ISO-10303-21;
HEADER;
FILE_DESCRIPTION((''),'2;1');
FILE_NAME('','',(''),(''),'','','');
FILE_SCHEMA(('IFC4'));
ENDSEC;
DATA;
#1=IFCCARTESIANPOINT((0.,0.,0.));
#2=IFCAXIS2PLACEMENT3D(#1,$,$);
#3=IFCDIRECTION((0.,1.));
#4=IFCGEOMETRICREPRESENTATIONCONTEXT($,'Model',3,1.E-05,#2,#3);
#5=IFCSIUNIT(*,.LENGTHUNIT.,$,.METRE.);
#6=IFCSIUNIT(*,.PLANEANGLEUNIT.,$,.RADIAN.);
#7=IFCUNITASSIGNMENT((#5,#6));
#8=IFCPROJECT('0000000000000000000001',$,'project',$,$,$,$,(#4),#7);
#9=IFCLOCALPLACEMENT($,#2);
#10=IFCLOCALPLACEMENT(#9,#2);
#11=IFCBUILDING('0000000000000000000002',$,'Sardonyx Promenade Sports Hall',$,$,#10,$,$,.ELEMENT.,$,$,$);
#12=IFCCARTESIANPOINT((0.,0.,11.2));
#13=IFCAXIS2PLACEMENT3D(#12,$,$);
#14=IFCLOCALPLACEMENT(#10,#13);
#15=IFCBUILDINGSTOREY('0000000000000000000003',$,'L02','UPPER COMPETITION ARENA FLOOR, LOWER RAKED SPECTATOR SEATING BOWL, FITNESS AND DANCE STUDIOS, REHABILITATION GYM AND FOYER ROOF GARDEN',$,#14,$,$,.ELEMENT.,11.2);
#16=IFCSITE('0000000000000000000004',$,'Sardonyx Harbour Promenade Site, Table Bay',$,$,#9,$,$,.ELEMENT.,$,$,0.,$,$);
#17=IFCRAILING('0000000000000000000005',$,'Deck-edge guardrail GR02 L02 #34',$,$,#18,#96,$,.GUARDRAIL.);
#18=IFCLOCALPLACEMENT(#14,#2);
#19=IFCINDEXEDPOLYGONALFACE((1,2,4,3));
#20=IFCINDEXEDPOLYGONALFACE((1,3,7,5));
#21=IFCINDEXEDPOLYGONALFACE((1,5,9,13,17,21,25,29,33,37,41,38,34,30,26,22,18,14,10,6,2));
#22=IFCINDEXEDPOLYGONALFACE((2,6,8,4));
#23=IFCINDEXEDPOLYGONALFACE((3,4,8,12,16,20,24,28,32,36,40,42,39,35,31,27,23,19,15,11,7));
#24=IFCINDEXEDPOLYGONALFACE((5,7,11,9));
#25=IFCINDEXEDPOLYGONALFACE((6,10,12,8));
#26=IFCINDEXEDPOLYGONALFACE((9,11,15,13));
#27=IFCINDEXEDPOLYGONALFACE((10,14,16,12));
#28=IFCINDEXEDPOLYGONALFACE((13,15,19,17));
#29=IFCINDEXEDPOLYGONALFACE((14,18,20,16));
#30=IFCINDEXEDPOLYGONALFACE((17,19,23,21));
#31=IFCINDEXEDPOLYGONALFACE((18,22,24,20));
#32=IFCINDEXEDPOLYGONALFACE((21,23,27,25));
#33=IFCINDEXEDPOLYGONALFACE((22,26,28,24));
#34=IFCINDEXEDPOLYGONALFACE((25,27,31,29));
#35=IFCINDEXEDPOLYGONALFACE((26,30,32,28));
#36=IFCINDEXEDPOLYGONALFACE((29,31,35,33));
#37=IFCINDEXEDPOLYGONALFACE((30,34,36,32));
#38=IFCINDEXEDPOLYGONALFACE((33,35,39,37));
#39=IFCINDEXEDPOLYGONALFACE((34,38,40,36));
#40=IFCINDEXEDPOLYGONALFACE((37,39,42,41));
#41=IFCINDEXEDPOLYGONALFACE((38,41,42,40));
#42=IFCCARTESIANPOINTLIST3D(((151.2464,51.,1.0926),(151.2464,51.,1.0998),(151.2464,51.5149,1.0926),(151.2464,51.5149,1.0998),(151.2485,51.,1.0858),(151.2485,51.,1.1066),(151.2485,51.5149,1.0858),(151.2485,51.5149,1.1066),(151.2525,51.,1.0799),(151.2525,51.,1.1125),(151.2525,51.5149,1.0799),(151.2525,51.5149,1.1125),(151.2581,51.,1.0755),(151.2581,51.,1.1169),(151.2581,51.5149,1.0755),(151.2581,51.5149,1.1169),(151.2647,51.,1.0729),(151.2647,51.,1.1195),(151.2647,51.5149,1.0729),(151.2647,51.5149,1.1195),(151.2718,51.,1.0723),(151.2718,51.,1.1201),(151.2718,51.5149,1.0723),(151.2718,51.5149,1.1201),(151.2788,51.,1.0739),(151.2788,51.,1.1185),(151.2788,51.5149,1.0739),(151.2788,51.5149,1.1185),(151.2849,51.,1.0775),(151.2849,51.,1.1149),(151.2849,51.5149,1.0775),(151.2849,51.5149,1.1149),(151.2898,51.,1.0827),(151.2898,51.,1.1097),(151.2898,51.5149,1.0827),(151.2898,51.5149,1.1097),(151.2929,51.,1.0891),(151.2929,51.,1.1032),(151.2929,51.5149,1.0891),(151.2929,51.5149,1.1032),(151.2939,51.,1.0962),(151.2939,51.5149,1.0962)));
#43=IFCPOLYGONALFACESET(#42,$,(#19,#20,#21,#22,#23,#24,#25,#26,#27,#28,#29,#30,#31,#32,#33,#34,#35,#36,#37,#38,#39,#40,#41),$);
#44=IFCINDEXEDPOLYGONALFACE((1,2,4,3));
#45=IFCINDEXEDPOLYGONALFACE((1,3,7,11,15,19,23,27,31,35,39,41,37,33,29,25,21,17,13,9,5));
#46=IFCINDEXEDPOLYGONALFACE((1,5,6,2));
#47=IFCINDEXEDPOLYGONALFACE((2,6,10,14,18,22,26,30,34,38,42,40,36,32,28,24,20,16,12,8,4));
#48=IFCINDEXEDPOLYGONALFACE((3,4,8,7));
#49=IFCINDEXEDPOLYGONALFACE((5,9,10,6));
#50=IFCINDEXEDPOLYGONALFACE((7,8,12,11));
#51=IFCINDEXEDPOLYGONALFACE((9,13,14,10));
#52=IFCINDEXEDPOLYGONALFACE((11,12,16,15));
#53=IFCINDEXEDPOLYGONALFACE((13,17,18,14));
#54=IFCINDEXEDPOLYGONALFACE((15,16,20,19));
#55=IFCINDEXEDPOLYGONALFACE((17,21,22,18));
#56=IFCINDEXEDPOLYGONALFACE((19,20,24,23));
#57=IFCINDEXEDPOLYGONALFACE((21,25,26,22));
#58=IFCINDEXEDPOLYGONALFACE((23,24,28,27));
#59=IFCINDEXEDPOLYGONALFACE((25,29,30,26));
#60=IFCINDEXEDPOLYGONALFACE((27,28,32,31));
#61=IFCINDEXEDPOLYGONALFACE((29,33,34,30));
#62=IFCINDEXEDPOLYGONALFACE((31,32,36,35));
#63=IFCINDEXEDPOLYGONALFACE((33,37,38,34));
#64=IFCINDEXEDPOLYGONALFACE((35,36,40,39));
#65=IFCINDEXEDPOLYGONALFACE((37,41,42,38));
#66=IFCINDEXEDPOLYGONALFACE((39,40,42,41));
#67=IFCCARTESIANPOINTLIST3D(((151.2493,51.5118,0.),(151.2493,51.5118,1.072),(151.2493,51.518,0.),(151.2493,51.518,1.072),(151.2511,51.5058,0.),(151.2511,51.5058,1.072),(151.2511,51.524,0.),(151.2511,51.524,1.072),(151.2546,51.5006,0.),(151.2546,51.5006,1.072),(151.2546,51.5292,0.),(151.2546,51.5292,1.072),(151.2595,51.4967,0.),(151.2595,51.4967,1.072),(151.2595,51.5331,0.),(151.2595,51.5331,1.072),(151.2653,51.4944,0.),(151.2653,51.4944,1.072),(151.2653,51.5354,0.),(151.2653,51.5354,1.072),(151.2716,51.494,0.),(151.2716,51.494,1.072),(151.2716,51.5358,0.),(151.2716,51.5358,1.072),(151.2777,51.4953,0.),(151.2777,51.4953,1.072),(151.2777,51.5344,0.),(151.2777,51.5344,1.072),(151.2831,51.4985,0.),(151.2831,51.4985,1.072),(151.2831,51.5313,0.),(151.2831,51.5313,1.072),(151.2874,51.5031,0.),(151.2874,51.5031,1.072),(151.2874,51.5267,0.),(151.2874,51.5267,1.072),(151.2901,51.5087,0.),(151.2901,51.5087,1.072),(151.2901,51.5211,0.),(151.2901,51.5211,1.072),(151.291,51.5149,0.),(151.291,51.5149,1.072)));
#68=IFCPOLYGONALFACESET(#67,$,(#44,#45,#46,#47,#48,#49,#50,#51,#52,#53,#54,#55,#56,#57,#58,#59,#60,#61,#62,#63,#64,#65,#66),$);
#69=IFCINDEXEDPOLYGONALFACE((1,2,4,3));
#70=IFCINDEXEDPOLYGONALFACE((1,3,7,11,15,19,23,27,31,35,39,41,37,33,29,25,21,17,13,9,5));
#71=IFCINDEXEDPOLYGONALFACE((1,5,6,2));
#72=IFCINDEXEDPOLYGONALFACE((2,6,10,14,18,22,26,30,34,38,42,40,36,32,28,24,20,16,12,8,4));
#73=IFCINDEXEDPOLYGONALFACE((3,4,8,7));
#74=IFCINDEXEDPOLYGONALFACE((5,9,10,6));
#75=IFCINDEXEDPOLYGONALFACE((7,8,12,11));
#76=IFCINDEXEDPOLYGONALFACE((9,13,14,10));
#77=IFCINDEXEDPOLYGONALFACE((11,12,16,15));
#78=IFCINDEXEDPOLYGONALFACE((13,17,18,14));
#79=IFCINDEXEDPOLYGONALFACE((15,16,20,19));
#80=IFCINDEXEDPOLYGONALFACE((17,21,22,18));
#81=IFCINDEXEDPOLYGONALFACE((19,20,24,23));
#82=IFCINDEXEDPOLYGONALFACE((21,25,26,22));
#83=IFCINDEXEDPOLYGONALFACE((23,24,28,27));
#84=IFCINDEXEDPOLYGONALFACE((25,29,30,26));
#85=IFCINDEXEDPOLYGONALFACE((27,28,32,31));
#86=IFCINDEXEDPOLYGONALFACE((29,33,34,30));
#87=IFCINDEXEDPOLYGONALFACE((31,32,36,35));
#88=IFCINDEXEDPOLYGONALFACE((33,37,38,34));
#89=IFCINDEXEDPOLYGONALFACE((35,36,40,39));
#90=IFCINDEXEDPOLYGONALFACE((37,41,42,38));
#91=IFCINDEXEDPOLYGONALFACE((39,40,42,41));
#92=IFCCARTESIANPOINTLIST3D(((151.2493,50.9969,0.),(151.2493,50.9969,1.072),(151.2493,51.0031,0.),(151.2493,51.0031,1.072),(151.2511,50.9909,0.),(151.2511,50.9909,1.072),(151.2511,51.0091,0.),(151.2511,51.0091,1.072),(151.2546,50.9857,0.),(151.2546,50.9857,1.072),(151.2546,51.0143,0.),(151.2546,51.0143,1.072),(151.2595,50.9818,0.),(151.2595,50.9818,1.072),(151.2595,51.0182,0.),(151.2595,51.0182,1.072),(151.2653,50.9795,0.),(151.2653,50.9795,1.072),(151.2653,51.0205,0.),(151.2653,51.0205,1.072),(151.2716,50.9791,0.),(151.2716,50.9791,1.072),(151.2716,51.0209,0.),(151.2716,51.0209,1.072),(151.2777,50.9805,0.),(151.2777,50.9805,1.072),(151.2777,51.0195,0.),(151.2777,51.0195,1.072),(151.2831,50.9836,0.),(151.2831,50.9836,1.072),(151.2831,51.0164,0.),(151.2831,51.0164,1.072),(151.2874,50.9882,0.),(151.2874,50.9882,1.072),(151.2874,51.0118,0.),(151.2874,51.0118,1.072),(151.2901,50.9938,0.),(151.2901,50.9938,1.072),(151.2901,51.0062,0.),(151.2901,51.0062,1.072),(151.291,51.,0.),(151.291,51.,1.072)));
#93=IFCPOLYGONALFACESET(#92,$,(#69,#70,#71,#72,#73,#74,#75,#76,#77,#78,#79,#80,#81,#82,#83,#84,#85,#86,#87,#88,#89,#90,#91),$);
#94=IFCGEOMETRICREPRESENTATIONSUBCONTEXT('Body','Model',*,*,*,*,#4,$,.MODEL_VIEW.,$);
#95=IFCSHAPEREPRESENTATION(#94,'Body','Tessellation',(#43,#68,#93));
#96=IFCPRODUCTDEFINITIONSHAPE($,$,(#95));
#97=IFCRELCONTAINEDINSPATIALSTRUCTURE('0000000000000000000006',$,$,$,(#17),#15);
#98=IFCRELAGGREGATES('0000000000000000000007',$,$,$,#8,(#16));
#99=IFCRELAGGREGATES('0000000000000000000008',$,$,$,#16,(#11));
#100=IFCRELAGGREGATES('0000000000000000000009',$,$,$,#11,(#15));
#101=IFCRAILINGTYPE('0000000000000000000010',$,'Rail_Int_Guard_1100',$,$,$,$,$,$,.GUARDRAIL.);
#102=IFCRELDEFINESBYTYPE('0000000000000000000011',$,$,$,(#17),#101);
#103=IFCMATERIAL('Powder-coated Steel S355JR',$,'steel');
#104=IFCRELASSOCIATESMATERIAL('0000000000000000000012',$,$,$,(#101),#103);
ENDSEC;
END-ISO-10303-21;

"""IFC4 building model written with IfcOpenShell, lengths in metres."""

from ifc_helpers import new_model, si_unit, direction, frame, origin, origin_2d, place, context, subcontext, project, spatial, circle, extrude, material, type_object, element, save


model = new_model("IFC4")

# Units and contexts
model_context = context("Model", 3, precision=1e-05, world=origin(), true_north=direction((0.0, 1.0)))
body_context = subcontext(model_context, "Body", "Model", "MODEL_VIEW")
ifc_project = project(units=[si_unit("LENGTHUNIT", "METRE"), si_unit("PLANEANGLEUNIT", "RADIAN")], contexts=[model_context])

# Site, building, storey
site_placement = place(None, origin())
site = spatial("IfcSite", under=ifc_project, at=site_placement, Name="Sardonyx Harbour Promenade Site, Table Bay", CompositionType="ELEMENT", RefElevation=0.0)
building_placement = place(site_placement, origin())
building = spatial("IfcBuilding", under=site, at=building_placement, Name="Sardonyx Promenade Sports Hall", CompositionType="ELEMENT")
storey_placement = place(building_placement, frame((0.0, 0.0, 11.2)))
storey = spatial("IfcBuildingStorey", under=building, at=storey_placement, Name="L02", Description="UPPER COMPETITION ARENA FLOOR, LOWER RAKED SPECTATOR SEATING BOWL, FITNESS AND DANCE STUDIOS, REHABILITATION GYM AND FOYER ROOF GARDEN", CompositionType="ELEMENT", Elevation=11.2)

# Railing
ifc_material_1 = material(Name="Powder-coated Steel S355JR", Category="steel")
railing_type = type_object("IfcRailingType", Name="Rail_Int_Guard_1100", PredefinedType="GUARDRAIL", material=ifc_material_1)
railing_1_placement = place(storey_placement, frame((151.27, 51.5149, 0.0)))
element("IfcRailing", 1, at=railing_1_placement, inside=storey, type_object=railing_type, Name="Deck-edge guardrail GR02 L02 #34", PredefinedType="GUARDRAIL", context=body_context, shape_type="SweptSolid", body=[
    extrude(circle(Radius=0.0239, at=origin_2d()), frame((0.0, 0.0, 1.0962), z_axis=(0.0, -1.0, 0.0), x_axis=(1.0, 0.0, 0.0)), (0.0, 0.0, 1.0), 0.5149),
    extrude(circle(Radius=0.021, at=origin_2d()), origin(), (0.0, 0.0, 1.0), 1.072),
    extrude(circle(Radius=0.021, at=origin_2d()), frame((0.0, -0.5149, 0.0)), (0.0, 0.0, 1.0), 1.072),
])

save(model, "model.ifc")
